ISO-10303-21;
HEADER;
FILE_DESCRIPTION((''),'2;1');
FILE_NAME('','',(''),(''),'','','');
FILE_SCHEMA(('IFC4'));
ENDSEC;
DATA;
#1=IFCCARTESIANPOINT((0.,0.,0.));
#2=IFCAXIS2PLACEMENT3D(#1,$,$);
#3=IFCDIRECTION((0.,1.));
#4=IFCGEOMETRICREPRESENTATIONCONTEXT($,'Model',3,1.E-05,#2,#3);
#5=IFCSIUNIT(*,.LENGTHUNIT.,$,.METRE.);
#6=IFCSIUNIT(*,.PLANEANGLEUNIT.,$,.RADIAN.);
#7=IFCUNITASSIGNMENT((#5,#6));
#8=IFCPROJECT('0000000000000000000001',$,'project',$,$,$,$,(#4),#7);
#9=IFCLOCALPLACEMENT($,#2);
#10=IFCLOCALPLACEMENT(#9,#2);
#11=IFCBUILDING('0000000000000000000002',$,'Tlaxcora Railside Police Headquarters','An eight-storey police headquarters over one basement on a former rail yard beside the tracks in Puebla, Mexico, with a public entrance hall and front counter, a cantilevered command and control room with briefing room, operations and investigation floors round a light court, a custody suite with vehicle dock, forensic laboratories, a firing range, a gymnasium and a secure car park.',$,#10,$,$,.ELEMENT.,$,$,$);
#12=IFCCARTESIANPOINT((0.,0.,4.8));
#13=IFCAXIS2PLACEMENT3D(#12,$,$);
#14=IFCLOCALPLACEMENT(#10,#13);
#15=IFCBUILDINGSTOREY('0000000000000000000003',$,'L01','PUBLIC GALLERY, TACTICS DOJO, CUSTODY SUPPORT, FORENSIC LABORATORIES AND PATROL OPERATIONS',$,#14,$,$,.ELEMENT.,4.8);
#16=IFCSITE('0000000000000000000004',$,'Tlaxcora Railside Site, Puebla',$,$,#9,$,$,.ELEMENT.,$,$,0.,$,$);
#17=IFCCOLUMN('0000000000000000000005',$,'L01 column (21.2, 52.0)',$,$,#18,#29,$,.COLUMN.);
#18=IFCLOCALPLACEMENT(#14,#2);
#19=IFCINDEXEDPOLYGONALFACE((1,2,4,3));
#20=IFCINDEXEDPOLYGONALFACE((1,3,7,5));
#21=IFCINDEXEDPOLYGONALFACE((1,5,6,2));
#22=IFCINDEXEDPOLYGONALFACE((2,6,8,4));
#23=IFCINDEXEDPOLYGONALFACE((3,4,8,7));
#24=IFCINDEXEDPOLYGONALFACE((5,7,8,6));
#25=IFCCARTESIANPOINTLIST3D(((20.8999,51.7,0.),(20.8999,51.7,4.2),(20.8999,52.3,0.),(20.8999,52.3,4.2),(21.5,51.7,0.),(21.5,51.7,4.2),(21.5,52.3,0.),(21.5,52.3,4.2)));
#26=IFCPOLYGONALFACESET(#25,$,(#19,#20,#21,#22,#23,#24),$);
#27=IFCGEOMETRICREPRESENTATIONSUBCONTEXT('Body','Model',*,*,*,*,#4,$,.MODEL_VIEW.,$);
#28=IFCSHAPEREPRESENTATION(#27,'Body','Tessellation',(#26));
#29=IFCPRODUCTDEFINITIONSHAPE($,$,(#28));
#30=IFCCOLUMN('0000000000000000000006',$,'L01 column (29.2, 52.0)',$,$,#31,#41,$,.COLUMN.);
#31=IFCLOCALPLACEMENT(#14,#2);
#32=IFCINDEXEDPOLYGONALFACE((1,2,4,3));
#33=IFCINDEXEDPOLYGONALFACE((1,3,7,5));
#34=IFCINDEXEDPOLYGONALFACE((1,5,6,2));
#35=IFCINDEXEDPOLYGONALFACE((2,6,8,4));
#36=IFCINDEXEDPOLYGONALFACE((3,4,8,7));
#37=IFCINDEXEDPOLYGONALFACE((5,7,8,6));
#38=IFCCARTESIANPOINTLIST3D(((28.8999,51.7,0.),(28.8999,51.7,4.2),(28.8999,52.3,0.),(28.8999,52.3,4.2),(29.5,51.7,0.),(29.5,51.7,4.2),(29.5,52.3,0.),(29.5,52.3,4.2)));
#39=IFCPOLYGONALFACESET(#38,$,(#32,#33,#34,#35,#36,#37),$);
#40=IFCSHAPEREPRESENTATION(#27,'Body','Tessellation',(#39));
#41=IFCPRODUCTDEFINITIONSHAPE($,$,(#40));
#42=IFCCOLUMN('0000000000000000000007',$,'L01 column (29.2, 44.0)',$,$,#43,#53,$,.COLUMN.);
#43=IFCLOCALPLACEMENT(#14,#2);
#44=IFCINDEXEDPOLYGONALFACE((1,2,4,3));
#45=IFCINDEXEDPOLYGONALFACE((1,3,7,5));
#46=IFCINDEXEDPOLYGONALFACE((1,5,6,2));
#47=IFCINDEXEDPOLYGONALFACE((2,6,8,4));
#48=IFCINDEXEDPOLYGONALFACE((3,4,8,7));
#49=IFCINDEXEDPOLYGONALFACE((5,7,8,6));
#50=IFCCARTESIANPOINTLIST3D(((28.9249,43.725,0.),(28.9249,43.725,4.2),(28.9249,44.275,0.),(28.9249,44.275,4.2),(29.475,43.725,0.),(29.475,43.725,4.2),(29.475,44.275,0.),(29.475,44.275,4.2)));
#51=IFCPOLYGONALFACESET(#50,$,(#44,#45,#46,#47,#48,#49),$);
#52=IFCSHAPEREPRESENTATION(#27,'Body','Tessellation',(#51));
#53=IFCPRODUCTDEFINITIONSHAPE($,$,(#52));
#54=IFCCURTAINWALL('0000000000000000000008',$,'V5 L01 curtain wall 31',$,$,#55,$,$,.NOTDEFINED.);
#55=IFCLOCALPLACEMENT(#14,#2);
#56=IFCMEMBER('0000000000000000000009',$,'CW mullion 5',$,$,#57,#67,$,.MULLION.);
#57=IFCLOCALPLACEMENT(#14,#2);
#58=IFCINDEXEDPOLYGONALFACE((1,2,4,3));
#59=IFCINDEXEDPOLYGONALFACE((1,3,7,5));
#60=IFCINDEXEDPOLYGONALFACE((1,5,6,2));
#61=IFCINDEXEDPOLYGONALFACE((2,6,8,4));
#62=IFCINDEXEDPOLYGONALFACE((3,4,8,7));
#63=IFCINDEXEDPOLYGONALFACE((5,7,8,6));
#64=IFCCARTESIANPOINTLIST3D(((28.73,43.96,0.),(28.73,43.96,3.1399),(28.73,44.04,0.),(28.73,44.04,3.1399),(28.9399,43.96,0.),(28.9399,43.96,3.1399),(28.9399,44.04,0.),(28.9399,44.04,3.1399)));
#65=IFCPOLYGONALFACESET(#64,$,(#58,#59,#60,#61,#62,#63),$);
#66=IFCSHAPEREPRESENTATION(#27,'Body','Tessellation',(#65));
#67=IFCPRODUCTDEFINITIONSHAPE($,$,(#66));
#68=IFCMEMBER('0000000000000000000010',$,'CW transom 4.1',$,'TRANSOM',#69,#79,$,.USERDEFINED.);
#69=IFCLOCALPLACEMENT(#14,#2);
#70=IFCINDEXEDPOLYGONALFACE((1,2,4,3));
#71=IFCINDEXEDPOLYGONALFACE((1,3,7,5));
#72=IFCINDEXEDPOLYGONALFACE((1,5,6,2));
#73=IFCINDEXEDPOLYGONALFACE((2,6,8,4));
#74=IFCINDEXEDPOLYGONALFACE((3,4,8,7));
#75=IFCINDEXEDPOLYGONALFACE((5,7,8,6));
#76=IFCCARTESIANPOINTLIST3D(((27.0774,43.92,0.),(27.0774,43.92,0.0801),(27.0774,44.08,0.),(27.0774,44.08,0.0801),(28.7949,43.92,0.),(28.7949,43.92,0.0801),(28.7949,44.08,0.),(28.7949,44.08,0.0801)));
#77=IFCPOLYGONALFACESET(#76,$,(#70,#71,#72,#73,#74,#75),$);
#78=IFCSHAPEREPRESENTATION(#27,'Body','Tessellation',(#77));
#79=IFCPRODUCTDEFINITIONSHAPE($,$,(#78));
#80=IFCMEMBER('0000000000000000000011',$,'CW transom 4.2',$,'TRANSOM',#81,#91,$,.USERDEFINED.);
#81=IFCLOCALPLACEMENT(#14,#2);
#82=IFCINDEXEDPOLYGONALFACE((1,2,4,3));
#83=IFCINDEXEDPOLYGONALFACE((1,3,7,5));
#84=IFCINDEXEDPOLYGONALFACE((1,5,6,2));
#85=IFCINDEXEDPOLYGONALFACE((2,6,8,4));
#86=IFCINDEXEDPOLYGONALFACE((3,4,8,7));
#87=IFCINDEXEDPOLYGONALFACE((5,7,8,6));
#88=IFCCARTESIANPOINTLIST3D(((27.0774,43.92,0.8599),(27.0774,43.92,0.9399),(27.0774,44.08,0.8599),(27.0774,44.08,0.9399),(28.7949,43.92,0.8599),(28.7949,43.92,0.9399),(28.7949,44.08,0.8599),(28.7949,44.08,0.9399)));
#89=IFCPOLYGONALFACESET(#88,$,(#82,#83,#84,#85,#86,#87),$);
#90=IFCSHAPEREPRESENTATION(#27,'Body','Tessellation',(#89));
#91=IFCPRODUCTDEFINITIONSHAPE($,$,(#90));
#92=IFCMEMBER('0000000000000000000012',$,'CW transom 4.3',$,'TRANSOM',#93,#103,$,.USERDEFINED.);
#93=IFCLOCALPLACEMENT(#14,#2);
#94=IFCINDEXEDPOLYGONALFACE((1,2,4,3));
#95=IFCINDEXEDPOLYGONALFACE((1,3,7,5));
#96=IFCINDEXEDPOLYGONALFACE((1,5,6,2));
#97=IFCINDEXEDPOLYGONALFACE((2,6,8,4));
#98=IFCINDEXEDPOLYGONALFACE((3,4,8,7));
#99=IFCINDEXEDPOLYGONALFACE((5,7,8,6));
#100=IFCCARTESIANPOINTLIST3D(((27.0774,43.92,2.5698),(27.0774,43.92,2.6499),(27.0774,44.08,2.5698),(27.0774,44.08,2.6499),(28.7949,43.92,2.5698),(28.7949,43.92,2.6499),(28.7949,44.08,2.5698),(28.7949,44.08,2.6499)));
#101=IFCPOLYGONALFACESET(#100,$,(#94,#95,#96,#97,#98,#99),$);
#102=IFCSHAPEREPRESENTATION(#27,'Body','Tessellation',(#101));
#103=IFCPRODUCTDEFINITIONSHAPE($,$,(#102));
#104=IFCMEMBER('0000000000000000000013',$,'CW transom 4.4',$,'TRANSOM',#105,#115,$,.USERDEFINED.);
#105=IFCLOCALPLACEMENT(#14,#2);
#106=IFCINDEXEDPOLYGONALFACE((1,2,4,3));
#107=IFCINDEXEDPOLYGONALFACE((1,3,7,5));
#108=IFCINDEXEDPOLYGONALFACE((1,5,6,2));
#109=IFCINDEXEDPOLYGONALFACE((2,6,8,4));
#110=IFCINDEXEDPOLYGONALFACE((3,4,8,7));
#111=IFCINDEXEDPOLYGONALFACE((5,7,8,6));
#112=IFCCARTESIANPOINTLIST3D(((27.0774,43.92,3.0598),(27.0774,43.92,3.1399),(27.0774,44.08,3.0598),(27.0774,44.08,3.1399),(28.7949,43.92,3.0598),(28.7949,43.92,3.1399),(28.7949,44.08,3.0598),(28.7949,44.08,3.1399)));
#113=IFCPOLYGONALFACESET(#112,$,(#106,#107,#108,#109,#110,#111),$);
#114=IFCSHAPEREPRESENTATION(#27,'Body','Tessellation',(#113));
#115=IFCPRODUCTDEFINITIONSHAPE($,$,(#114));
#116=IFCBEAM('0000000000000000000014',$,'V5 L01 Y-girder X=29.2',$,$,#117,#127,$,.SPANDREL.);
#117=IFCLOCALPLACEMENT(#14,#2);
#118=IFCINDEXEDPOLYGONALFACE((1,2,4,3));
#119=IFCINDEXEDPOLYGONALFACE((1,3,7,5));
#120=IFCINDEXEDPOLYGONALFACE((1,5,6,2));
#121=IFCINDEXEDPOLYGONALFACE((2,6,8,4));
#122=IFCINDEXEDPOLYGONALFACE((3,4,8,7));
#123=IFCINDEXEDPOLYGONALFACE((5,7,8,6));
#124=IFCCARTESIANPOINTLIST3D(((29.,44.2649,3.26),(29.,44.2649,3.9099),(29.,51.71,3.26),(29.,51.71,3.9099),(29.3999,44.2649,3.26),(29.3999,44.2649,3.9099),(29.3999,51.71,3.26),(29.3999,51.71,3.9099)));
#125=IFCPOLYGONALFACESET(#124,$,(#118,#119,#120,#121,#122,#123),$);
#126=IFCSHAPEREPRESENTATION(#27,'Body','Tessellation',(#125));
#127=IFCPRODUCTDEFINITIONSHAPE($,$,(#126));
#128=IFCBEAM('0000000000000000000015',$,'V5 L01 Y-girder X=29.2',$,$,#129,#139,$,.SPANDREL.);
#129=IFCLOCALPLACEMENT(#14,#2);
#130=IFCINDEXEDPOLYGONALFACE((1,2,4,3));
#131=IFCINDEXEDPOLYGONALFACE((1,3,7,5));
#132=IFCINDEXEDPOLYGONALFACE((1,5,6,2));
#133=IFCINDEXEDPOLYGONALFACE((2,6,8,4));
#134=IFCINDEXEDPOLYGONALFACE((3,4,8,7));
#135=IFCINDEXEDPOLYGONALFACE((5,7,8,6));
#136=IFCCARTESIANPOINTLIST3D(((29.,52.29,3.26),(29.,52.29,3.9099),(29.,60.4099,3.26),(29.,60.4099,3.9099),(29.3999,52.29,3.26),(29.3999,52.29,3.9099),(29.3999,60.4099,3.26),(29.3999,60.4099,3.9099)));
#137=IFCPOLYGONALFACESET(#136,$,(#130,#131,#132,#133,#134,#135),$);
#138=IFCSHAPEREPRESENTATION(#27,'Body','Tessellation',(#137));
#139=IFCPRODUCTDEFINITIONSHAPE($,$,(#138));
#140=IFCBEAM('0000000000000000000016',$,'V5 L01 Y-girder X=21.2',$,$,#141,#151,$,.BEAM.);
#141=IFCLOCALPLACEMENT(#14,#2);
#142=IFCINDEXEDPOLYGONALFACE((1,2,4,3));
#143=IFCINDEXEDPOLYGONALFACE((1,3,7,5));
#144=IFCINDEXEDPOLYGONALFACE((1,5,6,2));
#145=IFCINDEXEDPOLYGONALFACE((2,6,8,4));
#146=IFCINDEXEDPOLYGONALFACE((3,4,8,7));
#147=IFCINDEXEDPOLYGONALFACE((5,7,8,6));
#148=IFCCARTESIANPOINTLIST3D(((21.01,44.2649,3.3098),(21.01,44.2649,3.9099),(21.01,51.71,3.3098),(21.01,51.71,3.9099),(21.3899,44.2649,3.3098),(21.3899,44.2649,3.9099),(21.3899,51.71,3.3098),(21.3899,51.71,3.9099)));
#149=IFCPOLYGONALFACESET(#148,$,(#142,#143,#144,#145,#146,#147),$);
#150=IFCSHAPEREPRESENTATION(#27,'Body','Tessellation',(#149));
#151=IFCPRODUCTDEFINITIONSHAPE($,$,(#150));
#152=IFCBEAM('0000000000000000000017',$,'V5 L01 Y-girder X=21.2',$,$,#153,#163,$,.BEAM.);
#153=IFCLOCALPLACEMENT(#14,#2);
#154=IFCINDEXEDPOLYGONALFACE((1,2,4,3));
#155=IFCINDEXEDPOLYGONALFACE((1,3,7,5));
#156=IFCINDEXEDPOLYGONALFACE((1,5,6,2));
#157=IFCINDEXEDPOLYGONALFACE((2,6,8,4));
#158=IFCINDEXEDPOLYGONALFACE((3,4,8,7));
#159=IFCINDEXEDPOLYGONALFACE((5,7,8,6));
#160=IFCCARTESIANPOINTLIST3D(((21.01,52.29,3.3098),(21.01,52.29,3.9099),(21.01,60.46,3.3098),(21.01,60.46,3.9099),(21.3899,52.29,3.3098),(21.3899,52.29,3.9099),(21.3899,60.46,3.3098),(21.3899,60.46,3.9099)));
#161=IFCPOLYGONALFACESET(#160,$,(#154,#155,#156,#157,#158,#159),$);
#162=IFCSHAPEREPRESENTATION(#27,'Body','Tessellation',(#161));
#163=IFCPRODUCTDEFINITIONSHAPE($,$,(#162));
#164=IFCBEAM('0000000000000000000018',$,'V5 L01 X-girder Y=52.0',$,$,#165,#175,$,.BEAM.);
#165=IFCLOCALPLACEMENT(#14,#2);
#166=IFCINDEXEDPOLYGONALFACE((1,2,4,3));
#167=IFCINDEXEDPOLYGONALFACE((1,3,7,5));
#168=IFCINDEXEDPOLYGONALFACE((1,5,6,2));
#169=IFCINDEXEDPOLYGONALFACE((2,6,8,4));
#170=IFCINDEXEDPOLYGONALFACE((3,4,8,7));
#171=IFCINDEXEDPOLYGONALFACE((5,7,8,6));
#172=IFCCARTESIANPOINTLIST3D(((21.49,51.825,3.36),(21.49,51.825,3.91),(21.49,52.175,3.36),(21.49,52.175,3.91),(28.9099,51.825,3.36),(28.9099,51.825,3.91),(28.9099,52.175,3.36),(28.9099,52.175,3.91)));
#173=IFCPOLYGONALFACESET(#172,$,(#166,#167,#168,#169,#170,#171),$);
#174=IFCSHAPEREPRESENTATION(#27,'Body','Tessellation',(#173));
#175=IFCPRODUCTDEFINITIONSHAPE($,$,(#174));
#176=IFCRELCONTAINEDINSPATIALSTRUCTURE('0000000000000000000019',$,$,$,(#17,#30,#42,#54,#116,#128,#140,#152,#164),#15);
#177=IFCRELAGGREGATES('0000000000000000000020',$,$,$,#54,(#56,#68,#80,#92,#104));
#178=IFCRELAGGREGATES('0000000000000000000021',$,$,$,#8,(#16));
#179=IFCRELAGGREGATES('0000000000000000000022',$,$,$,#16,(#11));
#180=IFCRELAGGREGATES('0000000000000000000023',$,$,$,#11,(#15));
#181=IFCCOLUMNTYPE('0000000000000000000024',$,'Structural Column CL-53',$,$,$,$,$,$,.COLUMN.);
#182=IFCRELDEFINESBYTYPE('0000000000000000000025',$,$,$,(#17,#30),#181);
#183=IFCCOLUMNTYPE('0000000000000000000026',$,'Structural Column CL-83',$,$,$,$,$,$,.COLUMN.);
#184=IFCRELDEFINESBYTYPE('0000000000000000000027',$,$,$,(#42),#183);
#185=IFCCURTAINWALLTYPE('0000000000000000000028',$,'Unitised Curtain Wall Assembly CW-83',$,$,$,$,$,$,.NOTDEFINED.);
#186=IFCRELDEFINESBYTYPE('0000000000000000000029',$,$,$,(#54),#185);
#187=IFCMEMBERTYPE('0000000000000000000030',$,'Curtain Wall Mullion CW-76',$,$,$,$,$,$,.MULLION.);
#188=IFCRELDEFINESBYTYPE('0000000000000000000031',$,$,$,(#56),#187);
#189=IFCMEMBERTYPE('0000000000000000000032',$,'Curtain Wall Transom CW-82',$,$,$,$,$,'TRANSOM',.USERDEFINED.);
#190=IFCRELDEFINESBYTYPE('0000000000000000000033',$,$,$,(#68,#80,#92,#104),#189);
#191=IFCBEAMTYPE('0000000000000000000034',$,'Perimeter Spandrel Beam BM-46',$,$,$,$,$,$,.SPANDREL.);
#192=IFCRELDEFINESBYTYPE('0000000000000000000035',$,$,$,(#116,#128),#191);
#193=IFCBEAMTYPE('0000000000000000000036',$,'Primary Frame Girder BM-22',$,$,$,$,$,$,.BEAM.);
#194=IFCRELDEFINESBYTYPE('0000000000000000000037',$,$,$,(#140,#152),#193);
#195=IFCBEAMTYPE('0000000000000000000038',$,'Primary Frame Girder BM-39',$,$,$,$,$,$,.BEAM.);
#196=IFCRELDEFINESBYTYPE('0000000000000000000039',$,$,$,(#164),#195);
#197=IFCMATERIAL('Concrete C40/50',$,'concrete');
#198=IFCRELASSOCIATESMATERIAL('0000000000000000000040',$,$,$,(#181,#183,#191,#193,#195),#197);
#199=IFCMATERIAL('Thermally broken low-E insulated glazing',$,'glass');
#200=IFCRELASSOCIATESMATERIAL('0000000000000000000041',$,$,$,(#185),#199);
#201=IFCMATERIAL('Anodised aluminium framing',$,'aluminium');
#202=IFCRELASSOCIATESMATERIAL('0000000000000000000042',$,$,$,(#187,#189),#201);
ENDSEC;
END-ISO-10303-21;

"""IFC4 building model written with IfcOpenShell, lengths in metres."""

from ifc_helpers import new_model, si_unit, direction, frame, origin, origin_2d, place, context, subcontext, project, spatial, rectangle, extrude, material, material_profile, profile_set, type_object, element, aggregate, save


model = new_model("IFC4")

# Units and contexts
model_context = context("Model", 3, precision=1e-05, world=origin(), true_north=direction((0.0, 1.0)))
body_context = subcontext(model_context, "Body", "Model", "MODEL_VIEW")
ifc_project = project(units=[si_unit("LENGTHUNIT", "METRE"), si_unit("PLANEANGLEUNIT", "RADIAN")], contexts=[model_context])

# Site, building, storey
site_placement = place(None, origin())
site = spatial("IfcSite", under=ifc_project, at=site_placement, Name="Tlaxcora Railside Site, Puebla", CompositionType="ELEMENT", RefElevation=0.0)
building_placement = place(site_placement, origin())
building = spatial("IfcBuilding", under=site, at=building_placement, Name="Tlaxcora Railside Police Headquarters", Description="An eight-storey police headquarters over one basement on a former rail yard beside the tracks in Puebla, Mexico, with a public entrance hall and front counter, a cantilevered command and control room with briefing room, operations and investigation floors round a light court, a custody suite with vehicle dock, forensic laboratories, a firing range, a gymnasium and a secure car park.", CompositionType="ELEMENT")
storey_placement = place(building_placement, frame((0.0, 0.0, 4.8)))
storey = spatial("IfcBuildingStorey", under=building, at=storey_placement, Name="L01", Description="PUBLIC GALLERY, TACTICS DOJO, CUSTODY SUPPORT, FORENSIC LABORATORIES AND PATROL OPERATIONS", CompositionType="ELEMENT", Elevation=4.8)

# Columns
ifc_material_1 = material(Name="Concrete C40/50", Category="concrete")
ifc_material_profile_1 = material_profile(ifc_material_1, rectangle(XDim=0.6001, YDim=0.6001, at=origin_2d()), Name="RC600X600")
ifc_profile_set_1 = profile_set([ifc_material_profile_1], Name="Concrete C40/50")
column_type_1 = type_object("IfcColumnType", Name="Structural Column CL-53", PredefinedType="COLUMN", material=ifc_profile_set_1)
for number, where, z_axis, x_axis, name in (
    (1, (21.2, 52.0, 0.0), (0.0, 0.0, 1.0), (1.0, 0.0, 0.0), "L01 column (21.2, 52.0)"),
    (2, (29.2, 52.0, 0.0), (0.0, 0.0, 1.0), (1.0, 0.0, 0.0), "L01 column (29.2, 52.0)"),
):
    element("IfcColumn", number, at=place(storey_placement, frame(where, z_axis=z_axis, x_axis=x_axis)), inside=storey, type_object=column_type_1, Name=name, PredefinedType="COLUMN", context=body_context, shape_type="SweptSolid", body=[
        extrude(rectangle(XDim=0.6001, YDim=0.6001, at=origin_2d()), origin(), (0.0, 0.0, 1.0), 4.2),
    ])
ifc_material_profile_2 = material_profile(ifc_material_1, rectangle(XDim=0.55, YDim=0.55, at=origin_2d()), Name="RC550X550")
ifc_profile_set_2 = profile_set([ifc_material_profile_2], Name="Concrete C40/50")
column_type_2 = type_object("IfcColumnType", Name="Structural Column CL-83", PredefinedType="COLUMN", material=ifc_profile_set_2)
column_placement = place(storey_placement, frame((29.2, 44.0, 0.0), z_axis=(0.0, 0.0, 1.0), x_axis=(1.0, 0.0, 0.0)))
element("IfcColumn", 3, at=column_placement, inside=storey, type_object=column_type_2, Name="L01 column (29.2, 44.0)", PredefinedType="COLUMN", context=body_context, shape_type="SweptSolid", body=[
    extrude(rectangle(XDim=0.55, YDim=0.55, at=origin_2d()), origin(), (0.0, 0.0, 1.0), 4.2),
])

# Curtain wall, members
ifc_material_2 = material(Name="Thermally broken low-E insulated glazing", Category="glass")
curtain_wall_type = type_object("IfcCurtainWallType", Name="Unitised Curtain Wall Assembly CW-83", PredefinedType="NOTDEFINED", material=ifc_material_2)
curtain_wall_placement = place(storey_placement, origin())
curtain_wall = element("IfcCurtainWall", 4, at=curtain_wall_placement, inside=storey, type_object=curtain_wall_type, Name="V5 L01 curtain wall 31", PredefinedType="NOTDEFINED")
ifc_material_3 = material(Name="Anodised aluminium framing", Category="aluminium")
ifc_material_profile_3 = material_profile(ifc_material_3, rectangle(XDim=0.0801, YDim=0.21, at=origin_2d()), Name="AL80X210")
ifc_profile_set_3 = profile_set([ifc_material_profile_3], Name="Anodised aluminium framing")
member_type_1 = type_object("IfcMemberType", Name="Curtain Wall Mullion CW-76", PredefinedType="MULLION", material=ifc_profile_set_3)
member_1_placement = place(storey_placement, frame((28.835, 44.0, 0.0), z_axis=(0.0, 0.0, 1.0), x_axis=(0.0, 1.0, 0.0)))
member_1 = element("IfcMember", 5, at=member_1_placement, type_object=member_type_1, Name="CW mullion 5", PredefinedType="MULLION", context=body_context, shape_type="SweptSolid", body=[
    extrude(rectangle(XDim=0.0801, YDim=0.21, at=origin_2d()), origin(), (0.0, 0.0, 1.0), 3.1399),
])
ifc_material_profile_4 = material_profile(ifc_material_3, rectangle(XDim=0.1599, YDim=0.0801, at=origin_2d()), Name="AL80X160")
ifc_profile_set_4 = profile_set([ifc_material_profile_4], Name="Anodised aluminium framing")
member_type_2 = type_object("IfcMemberType", Name="Curtain Wall Transom CW-82", ElementType="TRANSOM", PredefinedType="USERDEFINED", material=ifc_profile_set_4)
member_2_placement = place(storey_placement, frame((27.0774, 44.0, 0.04), z_axis=(1.0, 0.0, 0.0), x_axis=(0.0, 1.0, 0.0)))
member_2 = element("IfcMember", 6, at=member_2_placement, type_object=member_type_2, Name="CW transom 4.1", ObjectType="TRANSOM", PredefinedType="USERDEFINED", context=body_context, shape_type="SweptSolid", body=[
    extrude(rectangle(XDim=0.1599, YDim=0.0801, at=origin_2d()), origin(), (0.0, 0.0, 1.0), 1.7175),
])
member_3_placement = place(storey_placement, frame((27.0774, 44.0, 0.8999), z_axis=(1.0, 0.0, 0.0), x_axis=(0.0, 1.0, 0.0)))
member_3 = element("IfcMember", 7, at=member_3_placement, type_object=member_type_2, Name="CW transom 4.2", ObjectType="TRANSOM", PredefinedType="USERDEFINED", context=body_context, shape_type="SweptSolid", body=[
    extrude(rectangle(XDim=0.1599, YDim=0.0801, at=origin_2d()), origin(), (0.0, 0.0, 1.0), 1.7175),
])
member_4_placement = place(storey_placement, frame((27.0774, 44.0, 2.6099), z_axis=(1.0, 0.0, 0.0), x_axis=(0.0, 1.0, 0.0)))
member_4 = element("IfcMember", 8, at=member_4_placement, type_object=member_type_2, Name="CW transom 4.3", ObjectType="TRANSOM", PredefinedType="USERDEFINED", context=body_context, shape_type="SweptSolid", body=[
    extrude(rectangle(XDim=0.1599, YDim=0.0801, at=origin_2d()), origin(), (0.0, 0.0, 1.0), 1.7175),
])
member_5_placement = place(storey_placement, frame((27.0774, 44.0, 3.0999), z_axis=(1.0, 0.0, 0.0), x_axis=(0.0, 1.0, 0.0)))
member_5 = element("IfcMember", 9, at=member_5_placement, type_object=member_type_2, Name="CW transom 4.4", ObjectType="TRANSOM", PredefinedType="USERDEFINED", context=body_context, shape_type="SweptSolid", body=[
    extrude(rectangle(XDim=0.1599, YDim=0.0801, at=origin_2d()), origin(), (0.0, 0.0, 1.0), 1.7175),
])

# Beams
ifc_material_profile_5 = material_profile(ifc_material_1, rectangle(XDim=0.3999, YDim=0.6499, at=origin_2d()), Name="RC400X650")
ifc_profile_set_5 = profile_set([ifc_material_profile_5], Name="Concrete C40/50")
beam_type_1 = type_object("IfcBeamType", Name="Perimeter Spandrel Beam BM-46", PredefinedType="SPANDREL", material=ifc_profile_set_5)
beam_1_placement = place(storey_placement, frame((29.2, 44.2649, 3.585), z_axis=(0.0, 1.0, 0.0), x_axis=(-1.0, 0.0, 0.0)))
element("IfcBeam", 10, at=beam_1_placement, inside=storey, type_object=beam_type_1, Name="V5 L01 Y-girder X=29.2", PredefinedType="SPANDREL", context=body_context, shape_type="SweptSolid", body=[
    extrude(rectangle(XDim=0.3999, YDim=0.6499, at=origin_2d()), origin(), (0.0, 0.0, 1.0), 7.4451),
])
beam_2_placement = place(storey_placement, frame((29.2, 52.29, 3.585), z_axis=(0.0, 1.0, 0.0), x_axis=(-1.0, 0.0, 0.0)))
element("IfcBeam", 11, at=beam_2_placement, inside=storey, type_object=beam_type_1, Name="V5 L01 Y-girder X=29.2", PredefinedType="SPANDREL", context=body_context, shape_type="SweptSolid", body=[
    extrude(rectangle(XDim=0.3999, YDim=0.6499, at=origin_2d()), origin(), (0.0, 0.0, 1.0), 8.1199),
])
ifc_material_profile_6 = material_profile(ifc_material_1, rectangle(XDim=0.3799, YDim=0.6001, at=origin_2d()), Name="RC380X600")
ifc_profile_set_6 = profile_set([ifc_material_profile_6], Name="Concrete C40/50")
beam_type_2 = type_object("IfcBeamType", Name="Primary Frame Girder BM-22", PredefinedType="BEAM", material=ifc_profile_set_6)
beam_3_placement = place(storey_placement, frame((21.2, 44.2649, 3.6099), z_axis=(0.0, 1.0, 0.0), x_axis=(-1.0, 0.0, 0.0)))
element("IfcBeam", 12, at=beam_3_placement, inside=storey, type_object=beam_type_2, Name="V5 L01 Y-girder X=21.2", PredefinedType="BEAM", context=body_context, shape_type="SweptSolid", body=[
    extrude(rectangle(XDim=0.3799, YDim=0.6001, at=origin_2d()), origin(), (0.0, 0.0, 1.0), 7.4451),
])
beam_4_placement = place(storey_placement, frame((21.2, 52.29, 3.6099), z_axis=(0.0, 1.0, 0.0), x_axis=(-1.0, 0.0, 0.0)))
element("IfcBeam", 13, at=beam_4_placement, inside=storey, type_object=beam_type_2, Name="V5 L01 Y-girder X=21.2", PredefinedType="BEAM", context=body_context, shape_type="SweptSolid", body=[
    extrude(rectangle(XDim=0.3799, YDim=0.6001, at=origin_2d()), origin(), (0.0, 0.0, 1.0), 8.1699),
])
ifc_material_profile_7 = material_profile(ifc_material_1, rectangle(XDim=0.3501, YDim=0.55, at=origin_2d()), Name="RC350X550")
ifc_profile_set_7 = profile_set([ifc_material_profile_7], Name="Concrete C40/50")
beam_type_3 = type_object("IfcBeamType", Name="Primary Frame Girder BM-39", PredefinedType="BEAM", material=ifc_profile_set_7)
beam_5_placement = place(storey_placement, frame((21.49, 52.0, 3.635), z_axis=(1.0, 0.0, 0.0), x_axis=(0.0, 1.0, 0.0)))
element("IfcBeam", 14, at=beam_5_placement, inside=storey, type_object=beam_type_3, Name="V5 L01 X-girder Y=52.0", PredefinedType="BEAM", context=body_context, shape_type="SweptSolid", body=[
    extrude(rectangle(XDim=0.3501, YDim=0.55, at=origin_2d()), origin(), (0.0, 0.0, 1.0), 7.4199),
])

aggregate(curtain_wall, [member_1, member_2, member_3, member_4, member_5])

save(model, "model.ifc")
